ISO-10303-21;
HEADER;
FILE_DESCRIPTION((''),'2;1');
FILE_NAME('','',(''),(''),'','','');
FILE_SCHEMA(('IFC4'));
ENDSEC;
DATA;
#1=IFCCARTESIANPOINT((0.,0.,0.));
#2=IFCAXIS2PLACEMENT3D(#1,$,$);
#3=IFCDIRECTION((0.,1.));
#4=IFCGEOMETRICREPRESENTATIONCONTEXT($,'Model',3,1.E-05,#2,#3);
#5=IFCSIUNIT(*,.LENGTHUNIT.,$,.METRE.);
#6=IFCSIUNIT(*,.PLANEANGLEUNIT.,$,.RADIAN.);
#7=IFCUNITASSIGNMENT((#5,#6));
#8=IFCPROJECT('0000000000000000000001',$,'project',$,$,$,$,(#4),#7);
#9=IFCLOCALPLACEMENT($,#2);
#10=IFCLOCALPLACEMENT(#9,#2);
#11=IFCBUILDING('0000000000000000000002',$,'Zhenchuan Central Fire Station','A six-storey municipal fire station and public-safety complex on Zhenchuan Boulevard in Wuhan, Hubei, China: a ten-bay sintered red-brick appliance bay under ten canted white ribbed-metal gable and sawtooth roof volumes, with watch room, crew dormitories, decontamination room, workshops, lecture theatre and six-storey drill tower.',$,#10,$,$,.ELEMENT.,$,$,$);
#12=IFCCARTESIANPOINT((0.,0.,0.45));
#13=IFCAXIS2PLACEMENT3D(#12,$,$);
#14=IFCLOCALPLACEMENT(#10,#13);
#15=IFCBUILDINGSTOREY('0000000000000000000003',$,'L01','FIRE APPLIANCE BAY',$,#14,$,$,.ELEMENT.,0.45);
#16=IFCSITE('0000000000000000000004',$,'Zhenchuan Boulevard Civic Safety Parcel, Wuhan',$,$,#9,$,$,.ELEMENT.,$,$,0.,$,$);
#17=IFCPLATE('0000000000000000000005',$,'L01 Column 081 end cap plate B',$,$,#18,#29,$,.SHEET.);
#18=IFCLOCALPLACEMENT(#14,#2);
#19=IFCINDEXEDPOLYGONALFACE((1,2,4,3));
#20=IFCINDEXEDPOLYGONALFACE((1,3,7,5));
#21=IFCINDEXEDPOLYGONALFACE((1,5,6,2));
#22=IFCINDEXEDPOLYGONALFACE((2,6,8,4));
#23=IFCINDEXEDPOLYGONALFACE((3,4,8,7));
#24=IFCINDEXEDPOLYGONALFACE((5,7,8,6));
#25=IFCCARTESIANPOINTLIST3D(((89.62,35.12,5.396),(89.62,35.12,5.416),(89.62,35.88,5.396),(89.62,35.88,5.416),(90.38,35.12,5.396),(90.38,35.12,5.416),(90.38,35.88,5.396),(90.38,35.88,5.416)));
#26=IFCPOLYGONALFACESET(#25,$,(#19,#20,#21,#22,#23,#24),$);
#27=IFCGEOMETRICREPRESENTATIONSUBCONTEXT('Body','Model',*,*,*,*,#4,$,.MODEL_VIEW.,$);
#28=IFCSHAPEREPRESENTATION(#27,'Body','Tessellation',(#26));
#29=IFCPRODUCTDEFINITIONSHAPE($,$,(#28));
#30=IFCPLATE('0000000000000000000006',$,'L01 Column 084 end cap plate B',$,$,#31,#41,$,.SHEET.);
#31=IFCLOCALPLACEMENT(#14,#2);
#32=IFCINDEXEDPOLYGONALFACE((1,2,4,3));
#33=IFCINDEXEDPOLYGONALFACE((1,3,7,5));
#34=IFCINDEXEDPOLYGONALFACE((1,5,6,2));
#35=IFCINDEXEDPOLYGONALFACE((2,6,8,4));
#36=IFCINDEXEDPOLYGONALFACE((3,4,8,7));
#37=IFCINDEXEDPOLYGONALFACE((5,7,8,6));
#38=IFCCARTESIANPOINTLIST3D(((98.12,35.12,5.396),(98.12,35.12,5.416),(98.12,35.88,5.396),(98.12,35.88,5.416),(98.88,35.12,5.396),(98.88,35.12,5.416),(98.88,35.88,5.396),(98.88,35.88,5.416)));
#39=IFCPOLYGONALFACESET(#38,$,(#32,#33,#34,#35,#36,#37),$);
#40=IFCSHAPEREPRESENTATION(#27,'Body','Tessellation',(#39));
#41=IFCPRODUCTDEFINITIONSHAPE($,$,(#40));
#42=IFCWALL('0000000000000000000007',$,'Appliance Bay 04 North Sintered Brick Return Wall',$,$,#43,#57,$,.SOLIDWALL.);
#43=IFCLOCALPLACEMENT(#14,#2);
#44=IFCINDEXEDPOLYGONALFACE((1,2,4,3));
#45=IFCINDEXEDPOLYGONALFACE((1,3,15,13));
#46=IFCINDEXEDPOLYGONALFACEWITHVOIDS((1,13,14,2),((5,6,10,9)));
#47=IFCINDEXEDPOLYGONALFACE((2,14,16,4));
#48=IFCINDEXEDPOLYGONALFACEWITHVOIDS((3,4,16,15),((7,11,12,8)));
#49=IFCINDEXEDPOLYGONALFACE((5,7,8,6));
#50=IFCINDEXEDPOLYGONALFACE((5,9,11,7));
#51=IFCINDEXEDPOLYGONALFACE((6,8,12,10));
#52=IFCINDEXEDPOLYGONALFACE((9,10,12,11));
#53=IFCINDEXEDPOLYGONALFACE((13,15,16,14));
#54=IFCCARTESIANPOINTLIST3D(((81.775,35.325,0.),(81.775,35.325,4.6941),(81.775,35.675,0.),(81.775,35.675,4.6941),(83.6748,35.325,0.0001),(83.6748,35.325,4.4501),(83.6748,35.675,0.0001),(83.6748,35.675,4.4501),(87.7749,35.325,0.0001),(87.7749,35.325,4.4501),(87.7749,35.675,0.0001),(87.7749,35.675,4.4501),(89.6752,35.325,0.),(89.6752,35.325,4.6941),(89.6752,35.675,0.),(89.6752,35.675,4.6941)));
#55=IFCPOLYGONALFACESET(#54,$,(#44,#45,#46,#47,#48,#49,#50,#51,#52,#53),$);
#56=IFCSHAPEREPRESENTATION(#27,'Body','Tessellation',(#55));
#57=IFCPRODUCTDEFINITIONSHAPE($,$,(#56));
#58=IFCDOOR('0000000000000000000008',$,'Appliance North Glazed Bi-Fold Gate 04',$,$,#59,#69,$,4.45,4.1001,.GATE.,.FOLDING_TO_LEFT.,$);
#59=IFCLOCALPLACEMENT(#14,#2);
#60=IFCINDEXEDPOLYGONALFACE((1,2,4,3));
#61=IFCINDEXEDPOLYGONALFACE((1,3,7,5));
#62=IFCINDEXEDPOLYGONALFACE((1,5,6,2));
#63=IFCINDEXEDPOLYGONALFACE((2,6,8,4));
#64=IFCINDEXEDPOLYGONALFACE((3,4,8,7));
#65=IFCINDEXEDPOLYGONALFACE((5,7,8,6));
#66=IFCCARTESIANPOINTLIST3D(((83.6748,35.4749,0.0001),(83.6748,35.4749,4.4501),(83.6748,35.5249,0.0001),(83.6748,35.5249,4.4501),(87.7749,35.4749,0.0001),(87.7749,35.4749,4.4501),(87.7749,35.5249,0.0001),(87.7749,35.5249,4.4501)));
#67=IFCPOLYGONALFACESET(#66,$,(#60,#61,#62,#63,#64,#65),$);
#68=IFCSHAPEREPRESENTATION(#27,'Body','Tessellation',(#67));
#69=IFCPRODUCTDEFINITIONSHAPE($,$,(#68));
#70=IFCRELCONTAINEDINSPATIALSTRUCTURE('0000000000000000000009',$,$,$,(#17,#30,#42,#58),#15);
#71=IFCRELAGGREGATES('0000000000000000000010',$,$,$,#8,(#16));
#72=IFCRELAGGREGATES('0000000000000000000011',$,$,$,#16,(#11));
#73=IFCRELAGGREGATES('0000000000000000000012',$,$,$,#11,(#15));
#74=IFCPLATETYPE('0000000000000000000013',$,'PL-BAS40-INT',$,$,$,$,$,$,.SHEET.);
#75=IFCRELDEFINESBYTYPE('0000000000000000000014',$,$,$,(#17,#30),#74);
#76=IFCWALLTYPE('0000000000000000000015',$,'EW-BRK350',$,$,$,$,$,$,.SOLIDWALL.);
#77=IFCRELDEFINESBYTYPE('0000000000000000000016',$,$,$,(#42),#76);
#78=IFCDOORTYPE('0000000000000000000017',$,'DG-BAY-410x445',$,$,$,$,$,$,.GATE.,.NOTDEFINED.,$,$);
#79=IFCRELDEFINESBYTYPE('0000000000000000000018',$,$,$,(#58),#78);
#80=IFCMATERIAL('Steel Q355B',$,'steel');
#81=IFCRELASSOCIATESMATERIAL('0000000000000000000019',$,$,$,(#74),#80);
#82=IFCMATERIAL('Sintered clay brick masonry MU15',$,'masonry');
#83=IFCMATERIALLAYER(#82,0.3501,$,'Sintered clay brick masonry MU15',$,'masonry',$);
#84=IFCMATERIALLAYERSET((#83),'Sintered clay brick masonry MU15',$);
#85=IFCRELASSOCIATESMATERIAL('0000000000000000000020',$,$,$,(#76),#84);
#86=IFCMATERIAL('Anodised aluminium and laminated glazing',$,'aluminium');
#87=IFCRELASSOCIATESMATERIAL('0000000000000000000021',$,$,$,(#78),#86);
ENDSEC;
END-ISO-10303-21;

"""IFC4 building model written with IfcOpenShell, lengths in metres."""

from ifc_helpers import new_model, si_unit, direction, frame, frame_2d, origin, origin_2d, place, context, subcontext, project, spatial, rectangle, extrude, material, layer, layer_set, material_profile, profile_set, type_object, element, fill, save


model = new_model("IFC4")

# Units and contexts
model_context = context("Model", 3, precision=1e-05, world=origin(), true_north=direction((0.0, 1.0)))
body_context = subcontext(model_context, "Body", "Model", "MODEL_VIEW")
ifc_project = project(units=[si_unit("LENGTHUNIT", "METRE"), si_unit("PLANEANGLEUNIT", "RADIAN")], contexts=[model_context])

# Site, building, storey
site_placement = place(None, origin())
site = spatial("IfcSite", under=ifc_project, at=site_placement, Name="Zhenchuan Boulevard Civic Safety Parcel, Wuhan", CompositionType="ELEMENT", RefElevation=0.0)
building_placement = place(site_placement, origin())
building = spatial("IfcBuilding", under=site, at=building_placement, Name="Zhenchuan Central Fire Station", Description="A six-storey municipal fire station and public-safety complex on Zhenchuan Boulevard in Wuhan, Hubei, China: a ten-bay sintered red-brick appliance bay under ten canted white ribbed-metal gable and sawtooth roof volumes, with watch room, crew dormitories, decontamination room, workshops, lecture theatre and six-storey drill tower.", CompositionType="ELEMENT")
storey_placement = place(building_placement, frame((0.0, 0.0, 0.45)))
storey = spatial("IfcBuildingStorey", under=building, at=storey_placement, Name="L01", Description="FIRE APPLIANCE BAY", CompositionType="ELEMENT", Elevation=0.45)

# Shared definitions
ifc_material_1 = material(Name="Steel Q355B", Category="steel")

# Plates
ifc_material_profile_1 = material_profile(ifc_material_1, rectangle(XDim=0.76, YDim=0.76, at=origin_2d()), Name="PL 760x760x40")
ifc_profile_set_1 = profile_set([ifc_material_profile_1], Name="Steel Q355B")
plate_type = type_object("IfcPlateType", Name="PL-BAS40-INT", PredefinedType="SHEET", material=ifc_profile_set_1)
for number, where, z_axis, x_axis, name in (
    (1, (90.0, 35.5, 5.396), (0.0, 0.0, 1.0), (1.0, 0.0, 0.0), "L01 Column 081 end cap plate B"),
    (2, (98.5, 35.5, 5.396), (0.0, 0.0, 1.0), (1.0, 0.0, 0.0), "L01 Column 084 end cap plate B"),
):
    element("IfcPlate", number, at=place(storey_placement, frame(where, z_axis=z_axis, x_axis=x_axis)), inside=storey, type_object=plate_type, Name=name, PredefinedType="SHEET", context=body_context, shape_type="SweptSolid", body=[
        extrude(rectangle(XDim=0.76, YDim=0.76, at=origin_2d()), origin(), (0.0, 0.0, 1.0), 0.02),
    ])

# Wall, opening, door
ifc_material_2 = material(Name="Sintered clay brick masonry MU15", Category="masonry")
ifc_layer = layer(ifc_material_2, 0.3501, Name="Sintered clay brick masonry MU15", Category="masonry")
ifc_layer_set = layer_set([ifc_layer], Name="Sintered clay brick masonry MU15")
wall_type = type_object("IfcWallType", Name="EW-BRK350", PredefinedType="SOLIDWALL", material=ifc_layer_set)
wall_1_placement = place(storey_placement, frame((81.7749, 35.5, 0.0), z_axis=(0.0, 0.0, 1.0), x_axis=(1.0, 0.0, 0.0)))
wall_1 = element("IfcWall", 3, at=wall_1_placement, inside=storey, type_object=wall_type, Name="Appliance Bay 04 North Sintered Brick Return Wall", PredefinedType="SOLIDWALL", context=body_context, shape_type="SweptSolid", body=[
    extrude(rectangle(XDim=7.9001, YDim=0.3501, at=frame_2d((3.9502, 0.0))), origin(), (0.0, 0.0, 1.0), 4.6941),
])
opening_1_placement = place(wall_1_placement, frame((1.8999, 0.0, 0.0)))
opening_1 = element("IfcOpeningElement", 4, at=opening_1_placement, cuts=wall_1, PredefinedType="OPENING", context=body_context, shape_type="SweptSolid", body=[
    extrude(rectangle(XDim=4.1001, YDim=4.45, at=frame_2d((2.05, 2.2251))), frame((0.0, 0.1851, 0.0), z_axis=(0.0, -1.0, 0.0), x_axis=(1.0, 0.0, 0.0)), (0.0, 0.0, 1.0), 0.3701),
])
ifc_material_3 = material(Name="Anodised aluminium and laminated glazing", Category="aluminium")
door_type_1 = type_object("IfcDoorType", Name="DG-BAY-410x445", OperationType="NOTDEFINED", PredefinedType="GATE", material=ifc_material_3)
door_1_placement = place(opening_1_placement, origin())
door_1 = element("IfcDoor", 5, at=door_1_placement, inside=storey, type_object=door_type_1, Name="Appliance North Glazed Bi-Fold Gate 04", OperationType="FOLDING_TO_LEFT", OverallHeight=4.45, OverallWidth=4.1001, PredefinedType="GATE", context=body_context, shape_type="SweptSolid", body=[
    extrude(rectangle(XDim=4.1001, YDim=4.45, at=frame_2d((2.05, 2.2251))), frame((0.0, 0.0249, 0.0), z_axis=(0.0, -1.0, 0.0), x_axis=(1.0, 0.0, 0.0)), (0.0, 0.0, 1.0), 0.05),
])
fill(opening_1, door_1)

save(model, "model.ifc")
